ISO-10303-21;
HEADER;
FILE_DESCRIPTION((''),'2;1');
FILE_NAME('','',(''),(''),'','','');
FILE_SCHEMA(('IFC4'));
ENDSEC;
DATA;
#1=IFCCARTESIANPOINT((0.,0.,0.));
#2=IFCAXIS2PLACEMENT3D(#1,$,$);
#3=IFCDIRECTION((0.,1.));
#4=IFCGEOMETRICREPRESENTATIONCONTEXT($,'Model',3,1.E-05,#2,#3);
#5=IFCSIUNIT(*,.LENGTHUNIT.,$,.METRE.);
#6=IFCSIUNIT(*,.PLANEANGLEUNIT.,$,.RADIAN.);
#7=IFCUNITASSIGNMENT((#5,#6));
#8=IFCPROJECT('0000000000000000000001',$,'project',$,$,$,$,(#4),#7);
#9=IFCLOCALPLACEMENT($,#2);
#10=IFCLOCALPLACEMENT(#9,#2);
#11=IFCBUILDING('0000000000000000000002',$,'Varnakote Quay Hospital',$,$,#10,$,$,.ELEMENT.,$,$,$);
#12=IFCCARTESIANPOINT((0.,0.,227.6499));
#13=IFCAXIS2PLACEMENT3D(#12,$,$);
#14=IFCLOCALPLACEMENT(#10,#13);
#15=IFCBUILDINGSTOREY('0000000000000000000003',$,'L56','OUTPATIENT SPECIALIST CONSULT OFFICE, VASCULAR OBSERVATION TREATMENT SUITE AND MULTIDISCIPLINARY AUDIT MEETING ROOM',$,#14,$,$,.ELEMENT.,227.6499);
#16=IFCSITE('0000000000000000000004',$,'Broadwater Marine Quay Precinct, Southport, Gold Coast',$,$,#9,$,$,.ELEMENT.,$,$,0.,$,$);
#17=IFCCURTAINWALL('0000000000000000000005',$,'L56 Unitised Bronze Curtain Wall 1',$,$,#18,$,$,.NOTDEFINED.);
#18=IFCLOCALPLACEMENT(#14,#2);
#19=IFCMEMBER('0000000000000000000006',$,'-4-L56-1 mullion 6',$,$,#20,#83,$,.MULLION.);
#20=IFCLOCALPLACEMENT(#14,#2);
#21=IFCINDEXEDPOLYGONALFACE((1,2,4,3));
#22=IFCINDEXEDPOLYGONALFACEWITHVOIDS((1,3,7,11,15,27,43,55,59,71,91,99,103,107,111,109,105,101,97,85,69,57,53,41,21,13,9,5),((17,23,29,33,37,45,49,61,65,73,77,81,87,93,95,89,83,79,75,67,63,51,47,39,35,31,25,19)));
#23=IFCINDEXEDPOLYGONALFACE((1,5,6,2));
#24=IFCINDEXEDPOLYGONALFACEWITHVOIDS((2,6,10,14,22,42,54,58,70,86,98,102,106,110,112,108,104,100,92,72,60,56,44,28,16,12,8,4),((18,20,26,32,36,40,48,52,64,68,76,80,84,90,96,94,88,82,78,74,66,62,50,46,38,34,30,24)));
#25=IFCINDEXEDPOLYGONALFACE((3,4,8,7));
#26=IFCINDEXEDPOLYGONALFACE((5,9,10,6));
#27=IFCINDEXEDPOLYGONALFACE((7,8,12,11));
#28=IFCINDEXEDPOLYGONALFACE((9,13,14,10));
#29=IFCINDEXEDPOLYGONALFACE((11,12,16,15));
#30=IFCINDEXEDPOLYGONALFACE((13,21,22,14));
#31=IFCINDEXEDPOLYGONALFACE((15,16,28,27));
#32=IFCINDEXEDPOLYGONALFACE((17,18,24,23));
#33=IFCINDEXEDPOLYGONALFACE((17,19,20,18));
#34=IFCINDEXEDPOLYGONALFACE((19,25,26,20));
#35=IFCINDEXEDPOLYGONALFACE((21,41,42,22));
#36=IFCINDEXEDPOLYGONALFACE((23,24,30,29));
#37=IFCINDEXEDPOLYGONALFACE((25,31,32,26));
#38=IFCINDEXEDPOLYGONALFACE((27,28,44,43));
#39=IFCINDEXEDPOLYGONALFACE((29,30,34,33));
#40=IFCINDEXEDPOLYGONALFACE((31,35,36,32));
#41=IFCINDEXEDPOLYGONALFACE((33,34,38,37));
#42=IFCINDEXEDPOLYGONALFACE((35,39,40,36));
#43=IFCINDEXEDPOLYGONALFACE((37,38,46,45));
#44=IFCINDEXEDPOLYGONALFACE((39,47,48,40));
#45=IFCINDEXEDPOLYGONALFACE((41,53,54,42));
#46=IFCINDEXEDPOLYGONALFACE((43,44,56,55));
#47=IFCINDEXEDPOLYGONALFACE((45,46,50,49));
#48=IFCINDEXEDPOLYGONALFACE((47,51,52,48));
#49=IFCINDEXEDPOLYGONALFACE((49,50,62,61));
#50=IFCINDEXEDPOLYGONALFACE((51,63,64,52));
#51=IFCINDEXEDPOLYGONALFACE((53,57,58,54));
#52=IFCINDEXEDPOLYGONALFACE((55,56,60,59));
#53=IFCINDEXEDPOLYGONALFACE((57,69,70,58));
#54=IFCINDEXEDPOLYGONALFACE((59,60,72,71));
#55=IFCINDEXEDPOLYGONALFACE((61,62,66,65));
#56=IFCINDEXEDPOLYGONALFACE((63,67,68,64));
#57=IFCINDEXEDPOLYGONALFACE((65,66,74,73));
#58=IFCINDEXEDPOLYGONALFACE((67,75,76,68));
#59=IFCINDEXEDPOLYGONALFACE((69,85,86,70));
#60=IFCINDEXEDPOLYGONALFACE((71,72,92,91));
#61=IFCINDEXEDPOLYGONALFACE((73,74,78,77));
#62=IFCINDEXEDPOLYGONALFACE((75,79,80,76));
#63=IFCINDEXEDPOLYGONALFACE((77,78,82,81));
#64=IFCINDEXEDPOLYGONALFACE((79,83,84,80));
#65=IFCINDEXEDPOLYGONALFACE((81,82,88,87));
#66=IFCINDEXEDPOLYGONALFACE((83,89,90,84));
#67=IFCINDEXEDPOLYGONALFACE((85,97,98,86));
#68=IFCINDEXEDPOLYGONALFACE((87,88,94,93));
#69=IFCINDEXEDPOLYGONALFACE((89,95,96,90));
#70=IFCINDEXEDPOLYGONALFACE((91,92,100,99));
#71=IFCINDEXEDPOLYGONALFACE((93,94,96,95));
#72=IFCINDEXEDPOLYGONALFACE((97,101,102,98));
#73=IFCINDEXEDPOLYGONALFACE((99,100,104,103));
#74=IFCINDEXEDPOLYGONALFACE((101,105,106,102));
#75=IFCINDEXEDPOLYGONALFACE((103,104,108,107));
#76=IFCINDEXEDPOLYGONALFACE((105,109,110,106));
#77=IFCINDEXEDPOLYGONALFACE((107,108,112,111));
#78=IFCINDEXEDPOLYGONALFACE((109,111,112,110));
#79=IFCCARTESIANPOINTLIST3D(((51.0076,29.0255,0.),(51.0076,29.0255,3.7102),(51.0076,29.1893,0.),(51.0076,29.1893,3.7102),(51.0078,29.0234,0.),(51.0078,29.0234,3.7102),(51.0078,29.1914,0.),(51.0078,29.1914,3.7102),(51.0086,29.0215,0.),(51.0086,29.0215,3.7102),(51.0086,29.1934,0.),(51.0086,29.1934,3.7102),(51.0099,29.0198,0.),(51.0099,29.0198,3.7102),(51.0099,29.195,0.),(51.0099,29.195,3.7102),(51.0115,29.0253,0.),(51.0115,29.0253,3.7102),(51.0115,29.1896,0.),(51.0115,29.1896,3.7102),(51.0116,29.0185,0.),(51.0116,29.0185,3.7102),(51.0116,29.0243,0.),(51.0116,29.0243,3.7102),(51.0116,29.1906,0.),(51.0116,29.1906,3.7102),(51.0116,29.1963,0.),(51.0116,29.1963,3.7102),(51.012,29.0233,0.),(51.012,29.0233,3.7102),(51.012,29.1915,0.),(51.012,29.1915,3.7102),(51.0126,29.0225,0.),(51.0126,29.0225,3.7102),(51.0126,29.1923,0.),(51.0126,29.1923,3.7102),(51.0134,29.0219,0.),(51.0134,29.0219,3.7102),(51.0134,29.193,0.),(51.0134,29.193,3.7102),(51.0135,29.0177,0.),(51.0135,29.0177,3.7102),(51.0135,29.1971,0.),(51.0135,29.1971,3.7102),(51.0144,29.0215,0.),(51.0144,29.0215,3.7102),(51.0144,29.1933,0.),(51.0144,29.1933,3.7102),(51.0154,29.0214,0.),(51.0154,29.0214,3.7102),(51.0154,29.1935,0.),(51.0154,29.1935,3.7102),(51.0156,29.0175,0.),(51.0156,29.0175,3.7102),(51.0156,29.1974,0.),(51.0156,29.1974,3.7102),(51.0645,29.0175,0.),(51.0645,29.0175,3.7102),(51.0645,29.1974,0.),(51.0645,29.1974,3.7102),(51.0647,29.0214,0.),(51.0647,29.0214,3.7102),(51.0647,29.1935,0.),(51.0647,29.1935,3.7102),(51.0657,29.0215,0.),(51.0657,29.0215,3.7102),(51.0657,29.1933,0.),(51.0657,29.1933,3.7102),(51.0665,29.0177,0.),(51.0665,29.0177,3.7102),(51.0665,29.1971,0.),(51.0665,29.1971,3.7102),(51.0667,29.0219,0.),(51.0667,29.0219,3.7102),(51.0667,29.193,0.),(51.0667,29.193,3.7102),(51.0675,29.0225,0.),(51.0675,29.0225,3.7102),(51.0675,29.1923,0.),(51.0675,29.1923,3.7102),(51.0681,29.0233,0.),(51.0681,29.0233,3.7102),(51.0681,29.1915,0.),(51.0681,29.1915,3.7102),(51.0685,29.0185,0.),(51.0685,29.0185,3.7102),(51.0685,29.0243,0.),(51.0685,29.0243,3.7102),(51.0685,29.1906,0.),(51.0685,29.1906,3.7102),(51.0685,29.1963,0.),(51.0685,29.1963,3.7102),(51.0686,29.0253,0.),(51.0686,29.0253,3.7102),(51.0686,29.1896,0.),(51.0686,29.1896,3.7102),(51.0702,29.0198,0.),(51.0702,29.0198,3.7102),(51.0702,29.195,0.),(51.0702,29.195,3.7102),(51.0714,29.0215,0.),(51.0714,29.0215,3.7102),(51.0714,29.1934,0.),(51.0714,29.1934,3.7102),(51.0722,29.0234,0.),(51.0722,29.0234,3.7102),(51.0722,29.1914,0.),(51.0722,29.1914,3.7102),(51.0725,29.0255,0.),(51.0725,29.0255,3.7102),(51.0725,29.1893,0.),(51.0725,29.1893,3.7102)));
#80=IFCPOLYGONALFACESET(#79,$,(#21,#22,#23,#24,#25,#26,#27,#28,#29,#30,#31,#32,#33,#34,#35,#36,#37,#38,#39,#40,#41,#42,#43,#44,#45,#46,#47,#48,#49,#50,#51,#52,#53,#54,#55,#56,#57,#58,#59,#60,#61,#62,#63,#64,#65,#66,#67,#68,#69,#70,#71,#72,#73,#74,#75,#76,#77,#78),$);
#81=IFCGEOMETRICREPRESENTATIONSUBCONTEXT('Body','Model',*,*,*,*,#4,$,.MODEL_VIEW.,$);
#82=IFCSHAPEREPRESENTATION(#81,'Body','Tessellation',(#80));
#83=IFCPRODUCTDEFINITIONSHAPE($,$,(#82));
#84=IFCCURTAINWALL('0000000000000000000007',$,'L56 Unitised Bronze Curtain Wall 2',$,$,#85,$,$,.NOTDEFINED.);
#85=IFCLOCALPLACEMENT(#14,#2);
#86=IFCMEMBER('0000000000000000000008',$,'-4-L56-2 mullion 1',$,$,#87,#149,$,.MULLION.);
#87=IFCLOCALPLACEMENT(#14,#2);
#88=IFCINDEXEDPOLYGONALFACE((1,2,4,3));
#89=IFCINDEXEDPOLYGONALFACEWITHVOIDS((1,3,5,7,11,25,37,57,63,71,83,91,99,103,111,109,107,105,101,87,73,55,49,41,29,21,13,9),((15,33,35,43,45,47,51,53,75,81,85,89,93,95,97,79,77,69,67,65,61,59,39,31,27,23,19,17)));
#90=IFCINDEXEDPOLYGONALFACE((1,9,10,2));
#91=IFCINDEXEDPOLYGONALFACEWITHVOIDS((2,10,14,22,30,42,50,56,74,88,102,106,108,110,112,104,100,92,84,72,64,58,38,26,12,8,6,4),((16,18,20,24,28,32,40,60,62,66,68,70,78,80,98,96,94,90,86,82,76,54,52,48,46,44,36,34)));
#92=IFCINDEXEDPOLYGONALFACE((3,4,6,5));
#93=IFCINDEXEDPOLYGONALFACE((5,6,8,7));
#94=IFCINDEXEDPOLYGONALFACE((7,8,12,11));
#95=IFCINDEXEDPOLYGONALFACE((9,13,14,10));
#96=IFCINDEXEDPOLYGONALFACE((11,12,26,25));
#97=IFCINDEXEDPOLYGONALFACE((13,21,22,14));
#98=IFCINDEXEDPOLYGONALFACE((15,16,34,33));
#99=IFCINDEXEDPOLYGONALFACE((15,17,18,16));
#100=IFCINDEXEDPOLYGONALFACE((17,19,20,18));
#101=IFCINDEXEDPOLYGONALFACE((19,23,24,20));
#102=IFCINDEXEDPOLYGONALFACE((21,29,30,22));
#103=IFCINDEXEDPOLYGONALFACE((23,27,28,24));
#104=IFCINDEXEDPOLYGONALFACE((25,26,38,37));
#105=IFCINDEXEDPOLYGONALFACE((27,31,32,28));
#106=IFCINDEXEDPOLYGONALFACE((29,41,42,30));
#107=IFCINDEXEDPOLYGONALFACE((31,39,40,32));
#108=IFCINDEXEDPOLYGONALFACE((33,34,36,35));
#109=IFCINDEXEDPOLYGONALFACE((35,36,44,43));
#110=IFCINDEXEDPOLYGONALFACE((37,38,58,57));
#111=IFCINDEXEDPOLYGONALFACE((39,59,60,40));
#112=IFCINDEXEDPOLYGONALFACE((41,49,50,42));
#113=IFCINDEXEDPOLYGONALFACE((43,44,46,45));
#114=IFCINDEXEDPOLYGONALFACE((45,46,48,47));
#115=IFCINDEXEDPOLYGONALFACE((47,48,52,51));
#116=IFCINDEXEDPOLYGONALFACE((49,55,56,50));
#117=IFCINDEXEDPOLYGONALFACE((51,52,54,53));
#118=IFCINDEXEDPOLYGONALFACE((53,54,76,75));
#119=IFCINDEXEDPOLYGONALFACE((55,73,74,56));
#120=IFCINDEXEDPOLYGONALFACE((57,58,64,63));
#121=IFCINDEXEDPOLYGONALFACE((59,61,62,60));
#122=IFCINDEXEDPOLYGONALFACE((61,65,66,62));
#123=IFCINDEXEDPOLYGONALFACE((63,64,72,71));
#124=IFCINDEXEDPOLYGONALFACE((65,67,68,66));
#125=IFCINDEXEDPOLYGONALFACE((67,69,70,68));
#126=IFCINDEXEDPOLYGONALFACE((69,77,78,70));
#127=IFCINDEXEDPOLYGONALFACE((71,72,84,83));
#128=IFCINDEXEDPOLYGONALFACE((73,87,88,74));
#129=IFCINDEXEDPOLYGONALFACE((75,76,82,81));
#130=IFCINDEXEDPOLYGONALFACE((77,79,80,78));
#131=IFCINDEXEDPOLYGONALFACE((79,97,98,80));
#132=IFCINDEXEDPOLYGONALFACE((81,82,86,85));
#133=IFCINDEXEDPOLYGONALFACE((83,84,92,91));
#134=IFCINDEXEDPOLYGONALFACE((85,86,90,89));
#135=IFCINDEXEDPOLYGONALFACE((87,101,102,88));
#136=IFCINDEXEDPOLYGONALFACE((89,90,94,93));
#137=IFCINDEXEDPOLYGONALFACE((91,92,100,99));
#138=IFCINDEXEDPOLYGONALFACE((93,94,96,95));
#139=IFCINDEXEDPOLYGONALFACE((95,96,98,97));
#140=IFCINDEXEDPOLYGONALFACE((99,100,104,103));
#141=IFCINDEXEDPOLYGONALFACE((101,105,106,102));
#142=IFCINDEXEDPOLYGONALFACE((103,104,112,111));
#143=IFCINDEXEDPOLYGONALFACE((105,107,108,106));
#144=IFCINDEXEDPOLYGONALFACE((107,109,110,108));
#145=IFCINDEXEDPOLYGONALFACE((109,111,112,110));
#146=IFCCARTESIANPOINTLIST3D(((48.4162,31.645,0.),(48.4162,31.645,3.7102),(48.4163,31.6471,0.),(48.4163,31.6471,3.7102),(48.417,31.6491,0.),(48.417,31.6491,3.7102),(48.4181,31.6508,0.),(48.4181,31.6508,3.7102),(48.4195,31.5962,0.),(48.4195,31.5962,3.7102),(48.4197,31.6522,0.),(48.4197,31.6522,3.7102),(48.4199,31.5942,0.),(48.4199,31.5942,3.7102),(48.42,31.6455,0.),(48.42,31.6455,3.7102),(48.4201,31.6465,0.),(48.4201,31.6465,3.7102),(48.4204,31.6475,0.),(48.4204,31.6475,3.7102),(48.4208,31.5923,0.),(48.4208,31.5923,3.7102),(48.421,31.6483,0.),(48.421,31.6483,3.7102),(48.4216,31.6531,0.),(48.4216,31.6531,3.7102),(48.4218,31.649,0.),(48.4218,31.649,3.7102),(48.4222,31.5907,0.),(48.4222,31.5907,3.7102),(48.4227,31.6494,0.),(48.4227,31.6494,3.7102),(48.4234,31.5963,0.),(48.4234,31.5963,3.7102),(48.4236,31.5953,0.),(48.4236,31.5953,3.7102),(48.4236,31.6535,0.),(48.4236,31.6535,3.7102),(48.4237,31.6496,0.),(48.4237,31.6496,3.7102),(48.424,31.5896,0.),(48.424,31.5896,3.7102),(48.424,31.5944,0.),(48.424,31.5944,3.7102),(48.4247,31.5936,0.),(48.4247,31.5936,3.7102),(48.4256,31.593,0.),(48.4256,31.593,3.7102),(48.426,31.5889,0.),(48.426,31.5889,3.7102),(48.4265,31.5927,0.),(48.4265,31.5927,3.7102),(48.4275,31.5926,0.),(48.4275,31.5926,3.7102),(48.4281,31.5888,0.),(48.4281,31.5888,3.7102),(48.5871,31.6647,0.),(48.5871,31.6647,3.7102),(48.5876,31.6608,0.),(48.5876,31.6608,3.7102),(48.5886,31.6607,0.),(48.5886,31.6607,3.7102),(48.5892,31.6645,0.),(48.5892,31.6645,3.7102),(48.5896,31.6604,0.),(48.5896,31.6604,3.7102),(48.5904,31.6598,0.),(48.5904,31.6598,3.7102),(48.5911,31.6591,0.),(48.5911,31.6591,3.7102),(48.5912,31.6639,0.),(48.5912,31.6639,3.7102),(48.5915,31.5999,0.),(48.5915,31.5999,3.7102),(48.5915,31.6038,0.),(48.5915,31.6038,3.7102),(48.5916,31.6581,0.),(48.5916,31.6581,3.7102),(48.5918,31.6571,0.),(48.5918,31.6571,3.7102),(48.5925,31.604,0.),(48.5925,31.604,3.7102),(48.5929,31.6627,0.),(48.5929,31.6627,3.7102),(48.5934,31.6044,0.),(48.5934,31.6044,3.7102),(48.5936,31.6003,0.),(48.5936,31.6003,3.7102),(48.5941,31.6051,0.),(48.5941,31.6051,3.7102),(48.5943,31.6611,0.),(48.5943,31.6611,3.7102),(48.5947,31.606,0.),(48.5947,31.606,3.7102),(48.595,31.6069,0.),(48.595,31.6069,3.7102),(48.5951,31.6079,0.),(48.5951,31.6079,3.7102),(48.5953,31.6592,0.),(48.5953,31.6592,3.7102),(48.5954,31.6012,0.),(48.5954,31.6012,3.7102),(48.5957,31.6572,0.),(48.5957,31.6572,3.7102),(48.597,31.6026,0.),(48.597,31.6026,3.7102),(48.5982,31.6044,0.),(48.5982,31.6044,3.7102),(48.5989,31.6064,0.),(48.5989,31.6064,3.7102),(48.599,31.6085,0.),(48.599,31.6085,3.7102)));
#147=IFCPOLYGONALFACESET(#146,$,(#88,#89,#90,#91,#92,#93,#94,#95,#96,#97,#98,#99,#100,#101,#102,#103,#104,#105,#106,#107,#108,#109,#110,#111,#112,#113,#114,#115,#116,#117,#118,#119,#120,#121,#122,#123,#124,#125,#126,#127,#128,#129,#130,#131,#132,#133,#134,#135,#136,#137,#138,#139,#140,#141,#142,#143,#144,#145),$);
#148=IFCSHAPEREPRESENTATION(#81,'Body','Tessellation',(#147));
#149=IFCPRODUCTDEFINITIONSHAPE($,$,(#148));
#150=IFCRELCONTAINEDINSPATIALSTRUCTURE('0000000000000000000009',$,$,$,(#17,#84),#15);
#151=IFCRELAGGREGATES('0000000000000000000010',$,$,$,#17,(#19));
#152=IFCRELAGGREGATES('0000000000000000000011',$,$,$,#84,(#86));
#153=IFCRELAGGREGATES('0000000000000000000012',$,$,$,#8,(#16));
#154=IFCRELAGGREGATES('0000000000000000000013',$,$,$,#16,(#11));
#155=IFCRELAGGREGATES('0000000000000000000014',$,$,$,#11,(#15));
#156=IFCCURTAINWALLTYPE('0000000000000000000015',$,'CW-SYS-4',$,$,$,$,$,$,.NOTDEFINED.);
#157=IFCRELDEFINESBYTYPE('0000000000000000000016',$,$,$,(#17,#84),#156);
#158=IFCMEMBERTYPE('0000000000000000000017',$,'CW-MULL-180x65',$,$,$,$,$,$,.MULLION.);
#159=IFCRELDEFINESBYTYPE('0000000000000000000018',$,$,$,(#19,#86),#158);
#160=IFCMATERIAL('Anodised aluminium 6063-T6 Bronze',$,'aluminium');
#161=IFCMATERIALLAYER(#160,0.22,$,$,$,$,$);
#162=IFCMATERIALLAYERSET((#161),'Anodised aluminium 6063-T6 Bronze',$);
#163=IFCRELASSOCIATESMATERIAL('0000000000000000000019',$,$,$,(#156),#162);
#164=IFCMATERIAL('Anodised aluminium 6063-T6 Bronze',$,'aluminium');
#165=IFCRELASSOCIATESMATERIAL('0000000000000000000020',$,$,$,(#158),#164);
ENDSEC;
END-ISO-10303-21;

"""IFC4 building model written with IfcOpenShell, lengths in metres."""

from ifc_helpers import new_model, si_unit, direction, frame, origin, origin_2d, place, context, subcontext, project, spatial, hollow_rectangle, extrude, material, layer, layer_set, material_profile, profile_set, type_object, element, aggregate, save


model = new_model("IFC4")

# Units and contexts
model_context = context("Model", 3, precision=1e-05, world=origin(), true_north=direction((0.0, 1.0)))
body_context = subcontext(model_context, "Body", "Model", "MODEL_VIEW")
ifc_project = project(units=[si_unit("LENGTHUNIT", "METRE"), si_unit("PLANEANGLEUNIT", "RADIAN")], contexts=[model_context])

# Site, building, storey
site_placement = place(None, origin())
site = spatial("IfcSite", under=ifc_project, at=site_placement, Name="Broadwater Marine Quay Precinct, Southport, Gold Coast", CompositionType="ELEMENT", RefElevation=0.0)
building_placement = place(site_placement, origin())
building = spatial("IfcBuilding", under=site, at=building_placement, Name="Varnakote Quay Hospital", CompositionType="ELEMENT")
storey_placement = place(building_placement, frame((0.0, 0.0, 227.6499)))
storey = spatial("IfcBuildingStorey", under=building, at=storey_placement, Name="L56", Description="OUTPATIENT SPECIALIST CONSULT OFFICE, VASCULAR OBSERVATION TREATMENT SUITE AND MULTIDISCIPLINARY AUDIT MEETING ROOM", CompositionType="ELEMENT", Elevation=227.6499)

# Curtain walls, members
ifc_material_1 = material(Name="Anodised aluminium 6063-T6 Bronze", Category="aluminium")
ifc_layer_1 = layer(ifc_material_1, 0.22)
ifc_layer_set_1 = layer_set([ifc_layer_1], Name="Anodised aluminium 6063-T6 Bronze")
curtain_wall_type = type_object("IfcCurtainWallType", Name="CW-SYS-4", PredefinedType="NOTDEFINED", material=ifc_layer_set_1)
curtain_wall_1_placement = place(storey_placement, origin())
curtain_wall_1 = element("IfcCurtainWall", 1, at=curtain_wall_1_placement, inside=storey, type_object=curtain_wall_type, Name="L56 Unitised Bronze Curtain Wall 1", PredefinedType="NOTDEFINED")
ifc_material_2 = material(Name="Anodised aluminium 6063-T6 Bronze", Category="aluminium")
ifc_material_profile_1 = material_profile(ifc_material_2, hollow_rectangle(XDim=0.0649, YDim=0.1799, WallThickness=0.0039, InnerFilletRadius=0.0039, OuterFilletRadius=0.0081, at=origin_2d()), Name="CW-MULL-180x65")
ifc_profile_set_1 = profile_set([ifc_material_profile_1], Name="Anodised aluminium 6063-T6 Bronze")
member_type_1 = type_object("IfcMemberType", Name="CW-MULL-180x65", PredefinedType="MULLION", material=ifc_profile_set_1)
member_1_placement = place(storey_placement, frame((51.04, 29.1074, 0.0), z_axis=(0.0, 0.0, 1.0), x_axis=(-1.0, 0.0, 0.0)))
member_1 = element("IfcMember", 2, at=member_1_placement, type_object=member_type_1, Name="-4-L56-1 mullion 6", PredefinedType="MULLION", context=body_context, shape_type="SweptSolid", body=[
    extrude(hollow_rectangle(XDim=0.0649, YDim=0.1799, WallThickness=0.0039, InnerFilletRadius=0.0039, OuterFilletRadius=0.0081, at=origin_2d()), origin(), (0.0, 0.0, 1.0), 3.7102),
])
curtain_wall_2_placement = place(storey_placement, origin())
curtain_wall_2 = element("IfcCurtainWall", 3, at=curtain_wall_2_placement, inside=storey, type_object=curtain_wall_type, Name="L56 Unitised Bronze Curtain Wall 2", PredefinedType="NOTDEFINED")
member_2_placement = place(storey_placement, frame((48.5076, 31.6267, 0.0), z_axis=(0.0, 0.0, 1.0), x_axis=(0.067842, -0.997696, 0.0)))
member_2 = element("IfcMember", 4, at=member_2_placement, type_object=member_type_1, Name="-4-L56-2 mullion 1", PredefinedType="MULLION", context=body_context, shape_type="SweptSolid", body=[
    extrude(hollow_rectangle(XDim=0.0649, YDim=0.1799, WallThickness=0.0039, InnerFilletRadius=0.0039, OuterFilletRadius=0.0081, at=origin_2d()), origin(), (0.0, 0.0, 1.0), 3.7102),
])

aggregate(curtain_wall_1, [member_1])
aggregate(curtain_wall_2, [member_2])

save(model, "model.ifc")
